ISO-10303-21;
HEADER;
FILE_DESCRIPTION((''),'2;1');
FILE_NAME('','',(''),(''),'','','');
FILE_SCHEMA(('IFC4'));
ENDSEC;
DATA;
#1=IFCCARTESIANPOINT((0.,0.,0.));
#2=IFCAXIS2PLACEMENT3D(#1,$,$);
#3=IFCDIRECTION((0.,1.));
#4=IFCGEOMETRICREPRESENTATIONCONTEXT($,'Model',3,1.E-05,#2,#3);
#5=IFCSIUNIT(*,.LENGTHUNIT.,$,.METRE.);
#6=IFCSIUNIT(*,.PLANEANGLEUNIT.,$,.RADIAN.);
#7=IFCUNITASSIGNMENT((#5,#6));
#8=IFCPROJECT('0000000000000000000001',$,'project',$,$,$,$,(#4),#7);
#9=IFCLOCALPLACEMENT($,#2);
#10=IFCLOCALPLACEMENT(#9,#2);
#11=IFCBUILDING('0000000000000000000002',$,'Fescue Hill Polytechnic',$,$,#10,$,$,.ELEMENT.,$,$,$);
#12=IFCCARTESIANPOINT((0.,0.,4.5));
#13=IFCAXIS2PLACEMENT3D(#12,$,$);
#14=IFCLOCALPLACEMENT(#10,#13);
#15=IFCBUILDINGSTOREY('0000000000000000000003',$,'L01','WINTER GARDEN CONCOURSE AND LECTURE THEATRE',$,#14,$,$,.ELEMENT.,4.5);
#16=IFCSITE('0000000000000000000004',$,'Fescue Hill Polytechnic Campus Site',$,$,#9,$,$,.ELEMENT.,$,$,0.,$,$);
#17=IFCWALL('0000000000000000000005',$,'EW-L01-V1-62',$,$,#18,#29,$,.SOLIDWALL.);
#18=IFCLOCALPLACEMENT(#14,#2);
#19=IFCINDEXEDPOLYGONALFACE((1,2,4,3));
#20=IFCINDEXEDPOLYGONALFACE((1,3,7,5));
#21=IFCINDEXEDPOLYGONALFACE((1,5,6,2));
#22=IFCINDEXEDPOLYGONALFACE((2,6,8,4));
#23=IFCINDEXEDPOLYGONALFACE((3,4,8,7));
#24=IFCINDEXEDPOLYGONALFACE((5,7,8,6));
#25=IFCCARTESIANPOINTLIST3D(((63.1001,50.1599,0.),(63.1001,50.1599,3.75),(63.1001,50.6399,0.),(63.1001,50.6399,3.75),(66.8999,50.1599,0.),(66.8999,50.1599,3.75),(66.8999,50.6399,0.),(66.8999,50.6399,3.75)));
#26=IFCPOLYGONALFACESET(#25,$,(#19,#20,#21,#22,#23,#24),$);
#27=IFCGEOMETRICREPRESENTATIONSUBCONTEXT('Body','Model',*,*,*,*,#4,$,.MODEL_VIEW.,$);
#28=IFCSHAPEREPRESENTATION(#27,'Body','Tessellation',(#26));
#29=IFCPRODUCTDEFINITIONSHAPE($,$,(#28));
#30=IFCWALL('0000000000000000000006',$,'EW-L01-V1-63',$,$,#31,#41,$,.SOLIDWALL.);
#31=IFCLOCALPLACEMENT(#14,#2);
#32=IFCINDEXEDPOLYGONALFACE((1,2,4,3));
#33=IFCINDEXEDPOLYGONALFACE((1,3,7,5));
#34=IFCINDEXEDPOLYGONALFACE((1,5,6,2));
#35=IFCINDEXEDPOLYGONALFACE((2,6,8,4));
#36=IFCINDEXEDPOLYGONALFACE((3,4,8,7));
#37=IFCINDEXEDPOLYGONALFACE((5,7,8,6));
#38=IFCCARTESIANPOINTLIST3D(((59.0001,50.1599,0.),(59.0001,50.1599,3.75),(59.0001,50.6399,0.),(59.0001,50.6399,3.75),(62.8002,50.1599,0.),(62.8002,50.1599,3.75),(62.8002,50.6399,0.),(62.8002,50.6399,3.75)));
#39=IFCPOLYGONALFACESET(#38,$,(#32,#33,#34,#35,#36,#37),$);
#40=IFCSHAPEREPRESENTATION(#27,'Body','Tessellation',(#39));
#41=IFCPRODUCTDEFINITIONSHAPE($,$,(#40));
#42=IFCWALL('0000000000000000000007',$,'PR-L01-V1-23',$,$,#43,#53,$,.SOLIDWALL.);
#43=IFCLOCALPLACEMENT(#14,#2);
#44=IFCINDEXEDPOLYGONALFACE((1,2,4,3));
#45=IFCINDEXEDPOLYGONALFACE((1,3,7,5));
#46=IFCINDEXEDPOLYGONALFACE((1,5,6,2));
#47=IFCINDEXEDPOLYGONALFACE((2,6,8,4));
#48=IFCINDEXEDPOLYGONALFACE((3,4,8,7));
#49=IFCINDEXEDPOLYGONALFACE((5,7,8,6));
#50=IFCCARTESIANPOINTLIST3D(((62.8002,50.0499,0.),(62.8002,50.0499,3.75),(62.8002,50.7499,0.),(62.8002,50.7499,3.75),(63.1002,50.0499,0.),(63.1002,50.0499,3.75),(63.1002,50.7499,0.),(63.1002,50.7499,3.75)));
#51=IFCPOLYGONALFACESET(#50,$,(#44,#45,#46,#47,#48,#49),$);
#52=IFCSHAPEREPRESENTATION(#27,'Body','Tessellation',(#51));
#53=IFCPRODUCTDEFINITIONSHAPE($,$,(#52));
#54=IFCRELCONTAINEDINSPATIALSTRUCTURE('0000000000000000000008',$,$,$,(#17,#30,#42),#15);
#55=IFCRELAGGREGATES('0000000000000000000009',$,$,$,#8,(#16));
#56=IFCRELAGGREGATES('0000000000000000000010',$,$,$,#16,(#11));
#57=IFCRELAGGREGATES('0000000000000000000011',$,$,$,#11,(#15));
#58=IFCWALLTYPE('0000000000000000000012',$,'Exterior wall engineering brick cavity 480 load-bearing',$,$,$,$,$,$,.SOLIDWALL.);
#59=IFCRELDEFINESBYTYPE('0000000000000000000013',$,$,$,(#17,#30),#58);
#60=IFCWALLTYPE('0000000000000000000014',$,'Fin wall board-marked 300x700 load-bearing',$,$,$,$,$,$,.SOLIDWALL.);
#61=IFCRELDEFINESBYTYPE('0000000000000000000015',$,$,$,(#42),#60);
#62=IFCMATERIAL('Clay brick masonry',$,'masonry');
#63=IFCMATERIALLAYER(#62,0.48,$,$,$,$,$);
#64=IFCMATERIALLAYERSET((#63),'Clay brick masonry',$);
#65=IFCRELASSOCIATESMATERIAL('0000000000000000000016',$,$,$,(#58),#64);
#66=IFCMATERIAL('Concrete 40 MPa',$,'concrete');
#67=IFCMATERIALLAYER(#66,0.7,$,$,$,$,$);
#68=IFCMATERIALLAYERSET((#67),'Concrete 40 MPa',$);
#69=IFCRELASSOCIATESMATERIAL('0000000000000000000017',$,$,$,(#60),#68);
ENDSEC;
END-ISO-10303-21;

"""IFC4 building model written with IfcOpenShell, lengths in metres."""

from ifc_helpers import new_model, si_unit, direction, frame, frame_2d, origin, place, context, subcontext, project, spatial, rectangle, extrude, material, layer, layer_set, type_object, element, save


model = new_model("IFC4")

# Units and contexts
model_context = context("Model", 3, precision=1e-05, world=origin(), true_north=direction((0.0, 1.0)))
body_context = subcontext(model_context, "Body", "Model", "MODEL_VIEW")
ifc_project = project(units=[si_unit("LENGTHUNIT", "METRE"), si_unit("PLANEANGLEUNIT", "RADIAN")], contexts=[model_context])

# Site, building, storey
site_placement = place(None, origin())
site = spatial("IfcSite", under=ifc_project, at=site_placement, Name="Fescue Hill Polytechnic Campus Site", CompositionType="ELEMENT", RefElevation=0.0)
building_placement = place(site_placement, origin())
building = spatial("IfcBuilding", under=site, at=building_placement, Name="Fescue Hill Polytechnic", CompositionType="ELEMENT")
storey_placement = place(building_placement, frame((0.0, 0.0, 4.5)))
storey = spatial("IfcBuildingStorey", under=building, at=storey_placement, Name="L01", Description="WINTER GARDEN CONCOURSE AND LECTURE THEATRE", CompositionType="ELEMENT", Elevation=4.5)

# Shared definitions
ifc_material_1 = material(Name="Concrete 40 MPa", Category="concrete")

# Shared definitions
ifc_material_2 = material(Name="Clay brick masonry", Category="masonry")

# Walls
ifc_layer_1 = layer(ifc_material_2, 0.48)
ifc_layer_set_1 = layer_set([ifc_layer_1], Name="Clay brick masonry")
wall_type_1 = type_object("IfcWallType", Name="Exterior wall engineering brick cavity 480 load-bearing", PredefinedType="SOLIDWALL", material=ifc_layer_set_1)
wall_1_placement = place(storey_placement, frame((66.8999, 50.3999, 0.0), z_axis=(0.0, 0.0, 1.0), x_axis=(-1.0, 0.0, 0.0)))
element("IfcWall", 1, at=wall_1_placement, inside=storey, type_object=wall_type_1, Name="EW-L01-V1-62", PredefinedType="SOLIDWALL", context=body_context, shape_type="SweptSolid", body=[
    extrude(rectangle(XDim=3.7998, YDim=0.48, at=frame_2d((1.8999, 0.0))), origin(), (0.0, 0.0, 1.0), 3.75),
])
wall_2_placement = place(storey_placement, frame((62.8, 50.3999, 0.0), z_axis=(0.0, 0.0, 1.0), x_axis=(-1.0, 0.0, 0.0)))
element("IfcWall", 2, at=wall_2_placement, inside=storey, type_object=wall_type_1, Name="EW-L01-V1-63", PredefinedType="SOLIDWALL", context=body_context, shape_type="SweptSolid", body=[
    extrude(rectangle(XDim=3.8, YDim=0.48, at=frame_2d((1.8999, 0.0))), origin(), (0.0, 0.0, 1.0), 3.75),
])
ifc_layer_2 = layer(ifc_material_1, 0.7)
ifc_layer_set_2 = layer_set([ifc_layer_2], Name="Concrete 40 MPa")
wall_type_2 = type_object("IfcWallType", Name="Fin wall board-marked 300x700 load-bearing", PredefinedType="SOLIDWALL", material=ifc_layer_set_2)
wall_3_placement = place(storey_placement, frame((63.1001, 50.3999, 0.0), z_axis=(0.0, 0.0, 1.0), x_axis=(-1.0, 0.0, 0.0)))
element("IfcWall", 3, at=wall_3_placement, inside=storey, type_object=wall_type_2, Name="PR-L01-V1-23", PredefinedType="SOLIDWALL", context=body_context, shape_type="SweptSolid", body=[
    extrude(rectangle(XDim=0.3, YDim=0.7, at=frame_2d((0.1499, 0.0))), origin(), (0.0, 0.0, 1.0), 3.75),
])

save(model, "model.ifc")
